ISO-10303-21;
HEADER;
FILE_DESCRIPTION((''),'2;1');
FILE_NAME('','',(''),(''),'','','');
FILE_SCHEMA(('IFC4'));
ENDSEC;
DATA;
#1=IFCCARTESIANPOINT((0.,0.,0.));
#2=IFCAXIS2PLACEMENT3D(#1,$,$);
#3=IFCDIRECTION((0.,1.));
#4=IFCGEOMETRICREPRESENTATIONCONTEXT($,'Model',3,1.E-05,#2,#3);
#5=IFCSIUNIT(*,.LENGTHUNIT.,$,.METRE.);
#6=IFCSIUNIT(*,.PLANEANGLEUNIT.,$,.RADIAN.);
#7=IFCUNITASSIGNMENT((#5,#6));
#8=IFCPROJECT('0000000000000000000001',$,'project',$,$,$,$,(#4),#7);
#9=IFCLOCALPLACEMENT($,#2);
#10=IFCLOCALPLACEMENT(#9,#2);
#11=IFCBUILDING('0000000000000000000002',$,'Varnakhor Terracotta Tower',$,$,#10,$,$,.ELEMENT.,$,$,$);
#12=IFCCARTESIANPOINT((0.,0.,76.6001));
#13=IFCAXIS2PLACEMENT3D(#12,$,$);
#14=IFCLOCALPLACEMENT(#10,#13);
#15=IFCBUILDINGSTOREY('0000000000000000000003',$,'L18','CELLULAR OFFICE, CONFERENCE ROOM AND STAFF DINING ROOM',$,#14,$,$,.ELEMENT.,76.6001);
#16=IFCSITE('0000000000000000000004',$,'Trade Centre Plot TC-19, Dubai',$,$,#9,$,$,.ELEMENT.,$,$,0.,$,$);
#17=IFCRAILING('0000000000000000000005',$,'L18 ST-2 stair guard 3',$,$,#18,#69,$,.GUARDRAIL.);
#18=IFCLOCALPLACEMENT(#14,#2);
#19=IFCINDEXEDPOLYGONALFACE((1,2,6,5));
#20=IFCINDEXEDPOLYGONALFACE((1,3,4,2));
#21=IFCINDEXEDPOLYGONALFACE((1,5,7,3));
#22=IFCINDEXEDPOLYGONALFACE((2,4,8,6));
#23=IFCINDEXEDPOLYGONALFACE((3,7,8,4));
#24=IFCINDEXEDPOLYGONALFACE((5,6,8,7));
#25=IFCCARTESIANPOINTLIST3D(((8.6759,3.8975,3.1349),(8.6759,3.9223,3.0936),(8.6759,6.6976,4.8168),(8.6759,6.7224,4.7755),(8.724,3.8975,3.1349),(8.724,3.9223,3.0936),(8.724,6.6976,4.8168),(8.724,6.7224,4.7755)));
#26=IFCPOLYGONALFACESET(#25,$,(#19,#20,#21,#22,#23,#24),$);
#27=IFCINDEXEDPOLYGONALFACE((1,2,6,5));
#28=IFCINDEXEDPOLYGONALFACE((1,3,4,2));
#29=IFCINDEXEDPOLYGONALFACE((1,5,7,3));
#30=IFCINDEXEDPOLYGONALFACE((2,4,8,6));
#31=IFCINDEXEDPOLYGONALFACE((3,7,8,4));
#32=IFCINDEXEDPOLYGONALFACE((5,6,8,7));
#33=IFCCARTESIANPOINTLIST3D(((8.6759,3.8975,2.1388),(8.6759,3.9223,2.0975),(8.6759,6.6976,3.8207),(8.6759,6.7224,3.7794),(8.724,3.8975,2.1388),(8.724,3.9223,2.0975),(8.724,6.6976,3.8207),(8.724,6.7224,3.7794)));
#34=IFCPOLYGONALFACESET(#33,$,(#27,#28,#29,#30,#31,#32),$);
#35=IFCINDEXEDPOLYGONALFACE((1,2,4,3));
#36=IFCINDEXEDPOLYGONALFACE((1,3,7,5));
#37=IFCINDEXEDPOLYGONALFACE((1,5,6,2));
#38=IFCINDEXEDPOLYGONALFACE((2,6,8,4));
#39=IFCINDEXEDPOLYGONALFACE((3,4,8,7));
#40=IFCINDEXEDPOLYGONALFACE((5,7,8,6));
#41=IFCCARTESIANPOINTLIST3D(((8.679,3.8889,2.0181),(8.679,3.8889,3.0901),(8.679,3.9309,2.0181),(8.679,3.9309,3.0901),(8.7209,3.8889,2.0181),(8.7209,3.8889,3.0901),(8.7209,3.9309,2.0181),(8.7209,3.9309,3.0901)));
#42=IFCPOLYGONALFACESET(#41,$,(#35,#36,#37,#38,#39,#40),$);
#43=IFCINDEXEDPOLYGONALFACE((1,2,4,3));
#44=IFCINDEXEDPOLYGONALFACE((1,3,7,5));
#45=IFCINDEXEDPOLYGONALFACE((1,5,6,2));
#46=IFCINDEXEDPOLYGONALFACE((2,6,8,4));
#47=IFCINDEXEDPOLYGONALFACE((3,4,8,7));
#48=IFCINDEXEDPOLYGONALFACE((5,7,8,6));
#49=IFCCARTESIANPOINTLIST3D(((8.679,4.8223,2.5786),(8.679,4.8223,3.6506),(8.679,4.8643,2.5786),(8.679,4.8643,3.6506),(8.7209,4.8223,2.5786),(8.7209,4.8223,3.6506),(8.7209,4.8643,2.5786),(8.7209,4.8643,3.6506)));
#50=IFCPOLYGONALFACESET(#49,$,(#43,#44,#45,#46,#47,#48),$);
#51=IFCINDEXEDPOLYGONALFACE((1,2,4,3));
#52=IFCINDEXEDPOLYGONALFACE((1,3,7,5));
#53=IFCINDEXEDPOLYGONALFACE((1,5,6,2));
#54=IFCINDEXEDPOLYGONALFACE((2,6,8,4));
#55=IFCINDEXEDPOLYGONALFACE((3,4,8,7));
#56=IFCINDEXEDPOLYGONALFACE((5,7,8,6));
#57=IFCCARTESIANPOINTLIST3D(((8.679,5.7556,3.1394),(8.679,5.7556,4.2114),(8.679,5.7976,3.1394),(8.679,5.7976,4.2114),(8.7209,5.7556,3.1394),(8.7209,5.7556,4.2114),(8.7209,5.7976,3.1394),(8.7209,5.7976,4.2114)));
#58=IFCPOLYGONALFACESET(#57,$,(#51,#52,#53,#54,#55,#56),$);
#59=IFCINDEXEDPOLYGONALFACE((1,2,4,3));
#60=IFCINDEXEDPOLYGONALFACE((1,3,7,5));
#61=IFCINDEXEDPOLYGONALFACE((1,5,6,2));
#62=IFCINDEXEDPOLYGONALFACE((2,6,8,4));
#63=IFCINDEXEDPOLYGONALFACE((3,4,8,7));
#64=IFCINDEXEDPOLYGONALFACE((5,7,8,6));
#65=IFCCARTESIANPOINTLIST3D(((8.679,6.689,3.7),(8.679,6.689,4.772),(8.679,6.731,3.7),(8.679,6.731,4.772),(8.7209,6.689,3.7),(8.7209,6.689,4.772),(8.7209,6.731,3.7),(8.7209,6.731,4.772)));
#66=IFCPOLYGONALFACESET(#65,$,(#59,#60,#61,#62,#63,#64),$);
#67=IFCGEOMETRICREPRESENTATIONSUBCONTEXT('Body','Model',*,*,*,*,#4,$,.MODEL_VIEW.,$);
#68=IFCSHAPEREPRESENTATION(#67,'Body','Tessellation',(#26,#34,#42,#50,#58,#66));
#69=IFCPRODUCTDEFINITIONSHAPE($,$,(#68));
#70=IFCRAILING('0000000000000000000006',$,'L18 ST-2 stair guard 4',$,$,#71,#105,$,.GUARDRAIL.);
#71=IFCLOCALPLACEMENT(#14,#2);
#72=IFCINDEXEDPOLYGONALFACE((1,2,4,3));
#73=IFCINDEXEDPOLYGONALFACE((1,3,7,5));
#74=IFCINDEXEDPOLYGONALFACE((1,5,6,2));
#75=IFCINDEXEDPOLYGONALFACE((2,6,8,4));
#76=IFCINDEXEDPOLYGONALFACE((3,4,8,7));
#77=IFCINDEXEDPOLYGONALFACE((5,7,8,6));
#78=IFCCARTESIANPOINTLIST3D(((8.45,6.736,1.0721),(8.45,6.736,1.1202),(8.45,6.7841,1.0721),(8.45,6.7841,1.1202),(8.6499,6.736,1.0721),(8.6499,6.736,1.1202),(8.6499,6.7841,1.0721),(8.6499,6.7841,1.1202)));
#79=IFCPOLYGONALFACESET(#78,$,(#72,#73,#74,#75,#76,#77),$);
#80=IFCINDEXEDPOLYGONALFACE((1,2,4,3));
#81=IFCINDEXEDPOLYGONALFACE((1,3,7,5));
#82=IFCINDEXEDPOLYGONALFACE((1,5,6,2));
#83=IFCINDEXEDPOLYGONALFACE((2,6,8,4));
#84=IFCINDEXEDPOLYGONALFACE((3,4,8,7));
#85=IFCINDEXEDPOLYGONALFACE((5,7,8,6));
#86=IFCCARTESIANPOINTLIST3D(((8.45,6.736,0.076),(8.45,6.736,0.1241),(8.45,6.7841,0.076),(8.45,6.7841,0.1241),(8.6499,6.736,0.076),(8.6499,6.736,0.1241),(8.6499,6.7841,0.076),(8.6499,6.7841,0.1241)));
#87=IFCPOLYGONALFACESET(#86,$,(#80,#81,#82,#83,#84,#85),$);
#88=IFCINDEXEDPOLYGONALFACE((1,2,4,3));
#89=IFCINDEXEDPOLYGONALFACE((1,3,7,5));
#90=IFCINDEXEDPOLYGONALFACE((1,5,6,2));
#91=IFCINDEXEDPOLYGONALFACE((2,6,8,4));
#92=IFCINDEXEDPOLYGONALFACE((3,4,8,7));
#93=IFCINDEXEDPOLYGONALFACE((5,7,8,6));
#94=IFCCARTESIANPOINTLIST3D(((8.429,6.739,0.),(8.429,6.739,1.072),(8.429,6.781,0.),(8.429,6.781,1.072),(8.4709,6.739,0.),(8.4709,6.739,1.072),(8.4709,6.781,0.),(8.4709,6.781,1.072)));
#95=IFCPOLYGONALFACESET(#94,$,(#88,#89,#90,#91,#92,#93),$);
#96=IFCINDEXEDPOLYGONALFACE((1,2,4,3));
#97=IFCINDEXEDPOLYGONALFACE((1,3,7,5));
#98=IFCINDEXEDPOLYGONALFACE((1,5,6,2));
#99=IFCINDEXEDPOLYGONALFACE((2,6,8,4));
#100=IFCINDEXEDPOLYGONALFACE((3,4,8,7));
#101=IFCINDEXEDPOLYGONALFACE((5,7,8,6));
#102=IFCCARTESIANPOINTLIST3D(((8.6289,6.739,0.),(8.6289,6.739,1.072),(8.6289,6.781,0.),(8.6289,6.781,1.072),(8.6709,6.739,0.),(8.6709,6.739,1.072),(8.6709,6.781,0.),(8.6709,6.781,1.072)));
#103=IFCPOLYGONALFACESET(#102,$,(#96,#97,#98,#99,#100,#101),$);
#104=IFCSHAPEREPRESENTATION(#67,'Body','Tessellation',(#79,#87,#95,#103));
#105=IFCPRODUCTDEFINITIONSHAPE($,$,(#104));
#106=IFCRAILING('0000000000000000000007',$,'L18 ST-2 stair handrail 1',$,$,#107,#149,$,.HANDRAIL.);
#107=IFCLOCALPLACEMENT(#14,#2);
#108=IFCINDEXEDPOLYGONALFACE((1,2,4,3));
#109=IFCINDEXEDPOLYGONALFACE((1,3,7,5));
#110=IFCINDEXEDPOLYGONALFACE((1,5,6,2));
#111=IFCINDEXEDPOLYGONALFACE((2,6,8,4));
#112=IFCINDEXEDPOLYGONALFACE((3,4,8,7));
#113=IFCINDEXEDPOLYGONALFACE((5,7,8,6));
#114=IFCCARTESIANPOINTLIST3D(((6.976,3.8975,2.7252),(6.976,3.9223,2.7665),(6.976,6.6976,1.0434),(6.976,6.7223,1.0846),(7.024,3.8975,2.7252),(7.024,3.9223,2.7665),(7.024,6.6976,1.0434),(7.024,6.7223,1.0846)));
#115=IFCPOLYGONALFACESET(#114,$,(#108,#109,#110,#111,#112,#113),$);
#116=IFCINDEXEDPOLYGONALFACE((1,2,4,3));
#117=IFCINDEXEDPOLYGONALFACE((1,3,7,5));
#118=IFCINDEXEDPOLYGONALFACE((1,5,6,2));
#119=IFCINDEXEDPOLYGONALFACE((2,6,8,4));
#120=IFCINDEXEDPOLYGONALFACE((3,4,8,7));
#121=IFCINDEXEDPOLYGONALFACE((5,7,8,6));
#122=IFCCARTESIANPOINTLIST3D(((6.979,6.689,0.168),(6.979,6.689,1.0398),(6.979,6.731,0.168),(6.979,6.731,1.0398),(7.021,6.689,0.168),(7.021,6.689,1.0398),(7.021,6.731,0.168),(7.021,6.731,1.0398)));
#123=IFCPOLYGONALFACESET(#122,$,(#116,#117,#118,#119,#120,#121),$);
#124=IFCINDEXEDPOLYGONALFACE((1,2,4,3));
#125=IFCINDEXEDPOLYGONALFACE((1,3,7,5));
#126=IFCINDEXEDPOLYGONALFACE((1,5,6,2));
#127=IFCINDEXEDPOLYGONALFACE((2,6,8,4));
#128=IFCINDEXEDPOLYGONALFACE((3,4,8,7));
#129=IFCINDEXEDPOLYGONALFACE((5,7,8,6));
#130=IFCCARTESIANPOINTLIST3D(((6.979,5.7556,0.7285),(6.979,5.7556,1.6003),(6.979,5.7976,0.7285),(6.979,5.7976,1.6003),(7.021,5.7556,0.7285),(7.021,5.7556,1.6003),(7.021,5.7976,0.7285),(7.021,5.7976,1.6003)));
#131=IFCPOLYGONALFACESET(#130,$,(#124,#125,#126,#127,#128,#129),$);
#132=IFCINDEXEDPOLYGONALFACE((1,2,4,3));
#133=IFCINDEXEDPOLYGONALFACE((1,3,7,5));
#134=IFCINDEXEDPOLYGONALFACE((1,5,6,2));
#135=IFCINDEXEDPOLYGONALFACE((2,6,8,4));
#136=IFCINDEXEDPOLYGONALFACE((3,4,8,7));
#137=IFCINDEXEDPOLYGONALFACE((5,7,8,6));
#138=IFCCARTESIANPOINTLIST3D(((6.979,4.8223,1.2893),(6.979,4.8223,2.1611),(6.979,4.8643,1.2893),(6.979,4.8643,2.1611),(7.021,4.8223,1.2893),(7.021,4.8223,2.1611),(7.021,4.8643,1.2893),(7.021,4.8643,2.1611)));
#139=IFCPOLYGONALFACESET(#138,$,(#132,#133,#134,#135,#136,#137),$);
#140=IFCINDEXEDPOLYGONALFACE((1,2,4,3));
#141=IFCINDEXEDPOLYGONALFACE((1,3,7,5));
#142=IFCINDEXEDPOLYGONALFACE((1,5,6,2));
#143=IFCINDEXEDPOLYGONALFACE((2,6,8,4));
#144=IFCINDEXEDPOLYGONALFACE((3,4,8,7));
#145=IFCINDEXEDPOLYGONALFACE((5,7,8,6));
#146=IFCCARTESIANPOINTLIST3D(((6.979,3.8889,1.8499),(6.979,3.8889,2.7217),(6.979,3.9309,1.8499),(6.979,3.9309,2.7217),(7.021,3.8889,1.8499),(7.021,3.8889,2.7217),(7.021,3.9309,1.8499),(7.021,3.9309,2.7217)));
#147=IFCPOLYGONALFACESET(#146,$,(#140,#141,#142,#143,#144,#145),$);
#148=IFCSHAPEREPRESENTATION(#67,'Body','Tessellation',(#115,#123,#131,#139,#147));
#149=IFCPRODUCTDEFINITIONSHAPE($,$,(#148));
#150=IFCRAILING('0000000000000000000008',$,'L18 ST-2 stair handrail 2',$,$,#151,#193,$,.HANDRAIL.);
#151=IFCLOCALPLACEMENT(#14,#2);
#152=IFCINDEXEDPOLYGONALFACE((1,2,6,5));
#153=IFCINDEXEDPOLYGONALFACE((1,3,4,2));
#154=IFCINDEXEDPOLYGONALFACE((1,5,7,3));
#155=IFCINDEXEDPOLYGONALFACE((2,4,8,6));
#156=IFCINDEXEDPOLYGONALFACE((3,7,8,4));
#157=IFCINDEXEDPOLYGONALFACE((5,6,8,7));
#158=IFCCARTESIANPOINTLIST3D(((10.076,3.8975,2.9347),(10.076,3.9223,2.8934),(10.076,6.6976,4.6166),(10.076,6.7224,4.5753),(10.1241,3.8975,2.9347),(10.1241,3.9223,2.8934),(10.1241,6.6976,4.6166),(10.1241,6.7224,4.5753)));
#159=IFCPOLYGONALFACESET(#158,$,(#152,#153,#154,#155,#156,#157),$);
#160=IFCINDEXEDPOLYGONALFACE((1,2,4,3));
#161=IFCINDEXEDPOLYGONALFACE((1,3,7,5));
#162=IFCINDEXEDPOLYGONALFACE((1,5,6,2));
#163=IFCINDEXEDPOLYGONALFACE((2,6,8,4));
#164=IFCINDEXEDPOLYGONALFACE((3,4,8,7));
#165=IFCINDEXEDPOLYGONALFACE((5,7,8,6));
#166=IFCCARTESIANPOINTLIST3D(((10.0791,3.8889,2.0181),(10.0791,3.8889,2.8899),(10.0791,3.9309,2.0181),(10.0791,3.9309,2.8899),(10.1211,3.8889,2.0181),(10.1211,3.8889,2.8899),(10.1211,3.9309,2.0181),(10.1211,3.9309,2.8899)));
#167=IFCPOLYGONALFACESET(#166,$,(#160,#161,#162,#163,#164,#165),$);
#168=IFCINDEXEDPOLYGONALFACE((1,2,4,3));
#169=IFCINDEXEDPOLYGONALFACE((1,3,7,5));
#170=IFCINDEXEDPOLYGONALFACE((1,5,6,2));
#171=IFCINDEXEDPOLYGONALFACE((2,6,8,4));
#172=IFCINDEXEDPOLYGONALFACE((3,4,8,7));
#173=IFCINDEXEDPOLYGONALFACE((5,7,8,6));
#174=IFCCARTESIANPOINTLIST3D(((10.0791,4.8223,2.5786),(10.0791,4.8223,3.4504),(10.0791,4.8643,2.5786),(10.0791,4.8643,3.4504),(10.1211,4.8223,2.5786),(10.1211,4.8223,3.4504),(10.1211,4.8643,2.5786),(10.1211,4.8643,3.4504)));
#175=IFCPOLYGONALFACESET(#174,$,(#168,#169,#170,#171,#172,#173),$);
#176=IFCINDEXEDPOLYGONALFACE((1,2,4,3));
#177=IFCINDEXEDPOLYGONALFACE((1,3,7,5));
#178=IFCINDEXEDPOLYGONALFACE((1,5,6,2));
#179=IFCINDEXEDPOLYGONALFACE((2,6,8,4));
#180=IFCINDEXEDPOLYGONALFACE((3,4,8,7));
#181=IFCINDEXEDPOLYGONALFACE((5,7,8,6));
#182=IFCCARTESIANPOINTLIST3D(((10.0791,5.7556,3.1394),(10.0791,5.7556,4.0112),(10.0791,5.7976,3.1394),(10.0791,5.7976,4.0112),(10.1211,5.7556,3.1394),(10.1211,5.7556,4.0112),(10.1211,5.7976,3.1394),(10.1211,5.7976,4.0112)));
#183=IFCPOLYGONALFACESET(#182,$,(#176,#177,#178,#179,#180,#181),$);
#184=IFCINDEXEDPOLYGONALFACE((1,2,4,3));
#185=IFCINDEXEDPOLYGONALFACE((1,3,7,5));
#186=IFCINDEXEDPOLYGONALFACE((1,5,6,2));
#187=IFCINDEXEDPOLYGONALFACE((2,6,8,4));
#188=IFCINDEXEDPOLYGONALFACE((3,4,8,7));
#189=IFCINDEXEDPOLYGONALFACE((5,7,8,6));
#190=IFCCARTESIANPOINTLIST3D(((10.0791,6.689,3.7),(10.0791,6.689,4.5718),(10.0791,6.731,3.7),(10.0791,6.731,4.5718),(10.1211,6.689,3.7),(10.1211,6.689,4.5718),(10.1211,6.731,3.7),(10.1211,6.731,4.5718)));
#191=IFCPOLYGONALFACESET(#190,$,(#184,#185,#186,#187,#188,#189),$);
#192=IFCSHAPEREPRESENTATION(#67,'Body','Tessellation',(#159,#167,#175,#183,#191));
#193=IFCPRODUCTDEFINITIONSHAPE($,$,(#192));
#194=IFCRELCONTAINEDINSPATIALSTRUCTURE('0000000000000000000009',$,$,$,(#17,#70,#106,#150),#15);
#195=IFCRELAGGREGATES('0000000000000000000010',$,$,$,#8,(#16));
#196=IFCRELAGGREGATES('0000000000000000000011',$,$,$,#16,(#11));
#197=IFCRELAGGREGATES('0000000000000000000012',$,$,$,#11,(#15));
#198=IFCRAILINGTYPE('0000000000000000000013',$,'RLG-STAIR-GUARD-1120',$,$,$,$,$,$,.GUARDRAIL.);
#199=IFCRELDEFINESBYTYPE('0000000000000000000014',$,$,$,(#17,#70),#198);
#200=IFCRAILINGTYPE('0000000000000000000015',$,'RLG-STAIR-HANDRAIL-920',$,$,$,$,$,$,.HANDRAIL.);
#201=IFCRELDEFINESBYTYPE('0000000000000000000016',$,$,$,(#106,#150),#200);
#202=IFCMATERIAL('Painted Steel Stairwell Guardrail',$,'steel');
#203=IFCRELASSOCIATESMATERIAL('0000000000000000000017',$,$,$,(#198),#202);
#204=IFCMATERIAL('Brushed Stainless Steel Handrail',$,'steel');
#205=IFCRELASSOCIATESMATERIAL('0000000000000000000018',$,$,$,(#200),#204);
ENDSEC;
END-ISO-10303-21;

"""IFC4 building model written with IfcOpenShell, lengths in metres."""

from ifc_helpers import new_model, si_unit, direction, frame, origin, origin_2d, place, context, subcontext, project, spatial, rectangle, extrude, material, type_object, element, save


model = new_model("IFC4")

# Units and contexts
model_context = context("Model", 3, precision=1e-05, world=origin(), true_north=direction((0.0, 1.0)))
body_context = subcontext(model_context, "Body", "Model", "MODEL_VIEW")
ifc_project = project(units=[si_unit("LENGTHUNIT", "METRE"), si_unit("PLANEANGLEUNIT", "RADIAN")], contexts=[model_context])

# Site, building, storey
site_placement = place(None, origin())
site = spatial("IfcSite", under=ifc_project, at=site_placement, Name="Trade Centre Plot TC-19, Dubai", CompositionType="ELEMENT", RefElevation=0.0)
building_placement = place(site_placement, origin())
building = spatial("IfcBuilding", under=site, at=building_placement, Name="Varnakhor Terracotta Tower", CompositionType="ELEMENT")
storey_placement = place(building_placement, frame((0.0, 0.0, 76.6001)))
storey = spatial("IfcBuildingStorey", under=building, at=storey_placement, Name="L18", Description="CELLULAR OFFICE, CONFERENCE ROOM AND STAFF DINING ROOM", CompositionType="ELEMENT", Elevation=76.6001)

# Railings
ifc_material_1 = material(Name="Painted Steel Stairwell Guardrail", Category="steel")
railing_type_1 = type_object("IfcRailingType", Name="RLG-STAIR-GUARD-1120", PredefinedType="GUARDRAIL", material=ifc_material_1)
railing_1_placement = place(storey_placement, frame((8.7, 3.9099, 2.0181)))
element("IfcRailing", 1, at=railing_1_placement, inside=storey, type_object=railing_type_1, Name="L18 ST-2 stair guard 3", PredefinedType="GUARDRAIL", context=body_context, shape_type="SweptSolid", body=[
    extrude(rectangle(XDim=0.0481, YDim=0.0481, at=origin_2d()), frame((0.0, 0.0, 1.0962), z_axis=(0.0, 0.857242, 0.514913), x_axis=(-1.0, 0.0, 0.0)), (0.0, 0.0, 1.0), 3.2664),
    extrude(rectangle(XDim=0.0481, YDim=0.0481, at=origin_2d()), frame((0.0, 0.0, 0.1001), z_axis=(0.0, 0.857242, 0.514913), x_axis=(-1.0, 0.0, 0.0)), (0.0, 0.0, 1.0), 3.2664),
    extrude(rectangle(XDim=0.042, YDim=0.042, at=origin_2d()), origin(), (0.0, 0.0, 1.0), 1.072),
    extrude(rectangle(XDim=0.042, YDim=0.042, at=origin_2d()), frame((0.0, 0.9333, 0.5605)), (0.0, 0.0, 1.0), 1.072),
    extrude(rectangle(XDim=0.042, YDim=0.042, at=origin_2d()), frame((0.0, 1.8667, 1.1213)), (0.0, 0.0, 1.0), 1.072),
    extrude(rectangle(XDim=0.042, YDim=0.042, at=origin_2d()), frame((0.0, 2.8, 1.6819)), (0.0, 0.0, 1.0), 1.072),
])
railing_2_placement = place(storey_placement, frame((8.45, 6.76, 0.0)))
element("IfcRailing", 2, at=railing_2_placement, inside=storey, type_object=railing_type_1, Name="L18 ST-2 stair guard 4", PredefinedType="GUARDRAIL", context=body_context, shape_type="SweptSolid", body=[
    extrude(rectangle(XDim=0.0481, YDim=0.0481, at=origin_2d()), frame((0.0, 0.0, 1.0962), z_axis=(1.0, 0.0, 0.0), x_axis=(0.0, 1.0, 0.0)), (0.0, 0.0, 1.0), 0.2),
    extrude(rectangle(XDim=0.0481, YDim=0.0481, at=origin_2d()), frame((0.0, 0.0, 0.1001), z_axis=(1.0, 0.0, 0.0), x_axis=(0.0, 1.0, 0.0)), (0.0, 0.0, 1.0), 0.2),
    extrude(rectangle(XDim=0.042, YDim=0.042, at=origin_2d()), origin(), (0.0, 0.0, 1.0), 1.072),
    extrude(rectangle(XDim=0.042, YDim=0.042, at=origin_2d()), frame((0.2, 0.0, 0.0)), (0.0, 0.0, 1.0), 1.072),
])
ifc_material_2 = material(Name="Brushed Stainless Steel Handrail", Category="steel")
railing_type_2 = type_object("IfcRailingType", Name="RLG-STAIR-HANDRAIL-920", PredefinedType="HANDRAIL", material=ifc_material_2)
railing_3_placement = place(storey_placement, frame((7.0, 6.71, 0.168)))
element("IfcRailing", 3, at=railing_3_placement, inside=storey, type_object=railing_type_2, Name="L18 ST-2 stair handrail 1", PredefinedType="HANDRAIL", context=body_context, shape_type="SweptSolid", body=[
    extrude(rectangle(XDim=0.0481, YDim=0.0481, at=origin_2d()), frame((0.0, 0.0, 0.896), z_axis=(0.0, -0.857242, 0.514913), x_axis=(1.0, 0.0, 0.0)), (0.0, 0.0, 1.0), 3.2664),
    extrude(rectangle(XDim=0.042, YDim=0.042, at=origin_2d()), origin(), (0.0, 0.0, 1.0), 0.8718),
    extrude(rectangle(XDim=0.042, YDim=0.042, at=origin_2d()), frame((0.0, -0.9333, 0.5605)), (0.0, 0.0, 1.0), 0.8718),
    extrude(rectangle(XDim=0.042, YDim=0.042, at=origin_2d()), frame((0.0, -1.8667, 1.1213)), (0.0, 0.0, 1.0), 0.8718),
    extrude(rectangle(XDim=0.042, YDim=0.042, at=origin_2d()), frame((0.0, -2.8, 1.6819)), (0.0, 0.0, 1.0), 0.8718),
])
railing_4_placement = place(storey_placement, frame((10.1001, 3.9099, 2.0181)))
element("IfcRailing", 4, at=railing_4_placement, inside=storey, type_object=railing_type_2, Name="L18 ST-2 stair handrail 2", PredefinedType="HANDRAIL", context=body_context, shape_type="SweptSolid", body=[
    extrude(rectangle(XDim=0.0481, YDim=0.0481, at=origin_2d()), frame((0.0, 0.0, 0.896), z_axis=(0.0, 0.857242, 0.514913), x_axis=(-1.0, 0.0, 0.0)), (0.0, 0.0, 1.0), 3.2664),
    extrude(rectangle(XDim=0.042, YDim=0.042, at=origin_2d()), origin(), (0.0, 0.0, 1.0), 0.8718),
    extrude(rectangle(XDim=0.042, YDim=0.042, at=origin_2d()), frame((0.0, 0.9333, 0.5605)), (0.0, 0.0, 1.0), 0.8718),
    extrude(rectangle(XDim=0.042, YDim=0.042, at=origin_2d()), frame((0.0, 1.8667, 1.1213)), (0.0, 0.0, 1.0), 0.8718),
    extrude(rectangle(XDim=0.042, YDim=0.042, at=origin_2d()), frame((0.0, 2.8, 1.6819)), (0.0, 0.0, 1.0), 0.8718),
])

save(model, "model.ifc")
